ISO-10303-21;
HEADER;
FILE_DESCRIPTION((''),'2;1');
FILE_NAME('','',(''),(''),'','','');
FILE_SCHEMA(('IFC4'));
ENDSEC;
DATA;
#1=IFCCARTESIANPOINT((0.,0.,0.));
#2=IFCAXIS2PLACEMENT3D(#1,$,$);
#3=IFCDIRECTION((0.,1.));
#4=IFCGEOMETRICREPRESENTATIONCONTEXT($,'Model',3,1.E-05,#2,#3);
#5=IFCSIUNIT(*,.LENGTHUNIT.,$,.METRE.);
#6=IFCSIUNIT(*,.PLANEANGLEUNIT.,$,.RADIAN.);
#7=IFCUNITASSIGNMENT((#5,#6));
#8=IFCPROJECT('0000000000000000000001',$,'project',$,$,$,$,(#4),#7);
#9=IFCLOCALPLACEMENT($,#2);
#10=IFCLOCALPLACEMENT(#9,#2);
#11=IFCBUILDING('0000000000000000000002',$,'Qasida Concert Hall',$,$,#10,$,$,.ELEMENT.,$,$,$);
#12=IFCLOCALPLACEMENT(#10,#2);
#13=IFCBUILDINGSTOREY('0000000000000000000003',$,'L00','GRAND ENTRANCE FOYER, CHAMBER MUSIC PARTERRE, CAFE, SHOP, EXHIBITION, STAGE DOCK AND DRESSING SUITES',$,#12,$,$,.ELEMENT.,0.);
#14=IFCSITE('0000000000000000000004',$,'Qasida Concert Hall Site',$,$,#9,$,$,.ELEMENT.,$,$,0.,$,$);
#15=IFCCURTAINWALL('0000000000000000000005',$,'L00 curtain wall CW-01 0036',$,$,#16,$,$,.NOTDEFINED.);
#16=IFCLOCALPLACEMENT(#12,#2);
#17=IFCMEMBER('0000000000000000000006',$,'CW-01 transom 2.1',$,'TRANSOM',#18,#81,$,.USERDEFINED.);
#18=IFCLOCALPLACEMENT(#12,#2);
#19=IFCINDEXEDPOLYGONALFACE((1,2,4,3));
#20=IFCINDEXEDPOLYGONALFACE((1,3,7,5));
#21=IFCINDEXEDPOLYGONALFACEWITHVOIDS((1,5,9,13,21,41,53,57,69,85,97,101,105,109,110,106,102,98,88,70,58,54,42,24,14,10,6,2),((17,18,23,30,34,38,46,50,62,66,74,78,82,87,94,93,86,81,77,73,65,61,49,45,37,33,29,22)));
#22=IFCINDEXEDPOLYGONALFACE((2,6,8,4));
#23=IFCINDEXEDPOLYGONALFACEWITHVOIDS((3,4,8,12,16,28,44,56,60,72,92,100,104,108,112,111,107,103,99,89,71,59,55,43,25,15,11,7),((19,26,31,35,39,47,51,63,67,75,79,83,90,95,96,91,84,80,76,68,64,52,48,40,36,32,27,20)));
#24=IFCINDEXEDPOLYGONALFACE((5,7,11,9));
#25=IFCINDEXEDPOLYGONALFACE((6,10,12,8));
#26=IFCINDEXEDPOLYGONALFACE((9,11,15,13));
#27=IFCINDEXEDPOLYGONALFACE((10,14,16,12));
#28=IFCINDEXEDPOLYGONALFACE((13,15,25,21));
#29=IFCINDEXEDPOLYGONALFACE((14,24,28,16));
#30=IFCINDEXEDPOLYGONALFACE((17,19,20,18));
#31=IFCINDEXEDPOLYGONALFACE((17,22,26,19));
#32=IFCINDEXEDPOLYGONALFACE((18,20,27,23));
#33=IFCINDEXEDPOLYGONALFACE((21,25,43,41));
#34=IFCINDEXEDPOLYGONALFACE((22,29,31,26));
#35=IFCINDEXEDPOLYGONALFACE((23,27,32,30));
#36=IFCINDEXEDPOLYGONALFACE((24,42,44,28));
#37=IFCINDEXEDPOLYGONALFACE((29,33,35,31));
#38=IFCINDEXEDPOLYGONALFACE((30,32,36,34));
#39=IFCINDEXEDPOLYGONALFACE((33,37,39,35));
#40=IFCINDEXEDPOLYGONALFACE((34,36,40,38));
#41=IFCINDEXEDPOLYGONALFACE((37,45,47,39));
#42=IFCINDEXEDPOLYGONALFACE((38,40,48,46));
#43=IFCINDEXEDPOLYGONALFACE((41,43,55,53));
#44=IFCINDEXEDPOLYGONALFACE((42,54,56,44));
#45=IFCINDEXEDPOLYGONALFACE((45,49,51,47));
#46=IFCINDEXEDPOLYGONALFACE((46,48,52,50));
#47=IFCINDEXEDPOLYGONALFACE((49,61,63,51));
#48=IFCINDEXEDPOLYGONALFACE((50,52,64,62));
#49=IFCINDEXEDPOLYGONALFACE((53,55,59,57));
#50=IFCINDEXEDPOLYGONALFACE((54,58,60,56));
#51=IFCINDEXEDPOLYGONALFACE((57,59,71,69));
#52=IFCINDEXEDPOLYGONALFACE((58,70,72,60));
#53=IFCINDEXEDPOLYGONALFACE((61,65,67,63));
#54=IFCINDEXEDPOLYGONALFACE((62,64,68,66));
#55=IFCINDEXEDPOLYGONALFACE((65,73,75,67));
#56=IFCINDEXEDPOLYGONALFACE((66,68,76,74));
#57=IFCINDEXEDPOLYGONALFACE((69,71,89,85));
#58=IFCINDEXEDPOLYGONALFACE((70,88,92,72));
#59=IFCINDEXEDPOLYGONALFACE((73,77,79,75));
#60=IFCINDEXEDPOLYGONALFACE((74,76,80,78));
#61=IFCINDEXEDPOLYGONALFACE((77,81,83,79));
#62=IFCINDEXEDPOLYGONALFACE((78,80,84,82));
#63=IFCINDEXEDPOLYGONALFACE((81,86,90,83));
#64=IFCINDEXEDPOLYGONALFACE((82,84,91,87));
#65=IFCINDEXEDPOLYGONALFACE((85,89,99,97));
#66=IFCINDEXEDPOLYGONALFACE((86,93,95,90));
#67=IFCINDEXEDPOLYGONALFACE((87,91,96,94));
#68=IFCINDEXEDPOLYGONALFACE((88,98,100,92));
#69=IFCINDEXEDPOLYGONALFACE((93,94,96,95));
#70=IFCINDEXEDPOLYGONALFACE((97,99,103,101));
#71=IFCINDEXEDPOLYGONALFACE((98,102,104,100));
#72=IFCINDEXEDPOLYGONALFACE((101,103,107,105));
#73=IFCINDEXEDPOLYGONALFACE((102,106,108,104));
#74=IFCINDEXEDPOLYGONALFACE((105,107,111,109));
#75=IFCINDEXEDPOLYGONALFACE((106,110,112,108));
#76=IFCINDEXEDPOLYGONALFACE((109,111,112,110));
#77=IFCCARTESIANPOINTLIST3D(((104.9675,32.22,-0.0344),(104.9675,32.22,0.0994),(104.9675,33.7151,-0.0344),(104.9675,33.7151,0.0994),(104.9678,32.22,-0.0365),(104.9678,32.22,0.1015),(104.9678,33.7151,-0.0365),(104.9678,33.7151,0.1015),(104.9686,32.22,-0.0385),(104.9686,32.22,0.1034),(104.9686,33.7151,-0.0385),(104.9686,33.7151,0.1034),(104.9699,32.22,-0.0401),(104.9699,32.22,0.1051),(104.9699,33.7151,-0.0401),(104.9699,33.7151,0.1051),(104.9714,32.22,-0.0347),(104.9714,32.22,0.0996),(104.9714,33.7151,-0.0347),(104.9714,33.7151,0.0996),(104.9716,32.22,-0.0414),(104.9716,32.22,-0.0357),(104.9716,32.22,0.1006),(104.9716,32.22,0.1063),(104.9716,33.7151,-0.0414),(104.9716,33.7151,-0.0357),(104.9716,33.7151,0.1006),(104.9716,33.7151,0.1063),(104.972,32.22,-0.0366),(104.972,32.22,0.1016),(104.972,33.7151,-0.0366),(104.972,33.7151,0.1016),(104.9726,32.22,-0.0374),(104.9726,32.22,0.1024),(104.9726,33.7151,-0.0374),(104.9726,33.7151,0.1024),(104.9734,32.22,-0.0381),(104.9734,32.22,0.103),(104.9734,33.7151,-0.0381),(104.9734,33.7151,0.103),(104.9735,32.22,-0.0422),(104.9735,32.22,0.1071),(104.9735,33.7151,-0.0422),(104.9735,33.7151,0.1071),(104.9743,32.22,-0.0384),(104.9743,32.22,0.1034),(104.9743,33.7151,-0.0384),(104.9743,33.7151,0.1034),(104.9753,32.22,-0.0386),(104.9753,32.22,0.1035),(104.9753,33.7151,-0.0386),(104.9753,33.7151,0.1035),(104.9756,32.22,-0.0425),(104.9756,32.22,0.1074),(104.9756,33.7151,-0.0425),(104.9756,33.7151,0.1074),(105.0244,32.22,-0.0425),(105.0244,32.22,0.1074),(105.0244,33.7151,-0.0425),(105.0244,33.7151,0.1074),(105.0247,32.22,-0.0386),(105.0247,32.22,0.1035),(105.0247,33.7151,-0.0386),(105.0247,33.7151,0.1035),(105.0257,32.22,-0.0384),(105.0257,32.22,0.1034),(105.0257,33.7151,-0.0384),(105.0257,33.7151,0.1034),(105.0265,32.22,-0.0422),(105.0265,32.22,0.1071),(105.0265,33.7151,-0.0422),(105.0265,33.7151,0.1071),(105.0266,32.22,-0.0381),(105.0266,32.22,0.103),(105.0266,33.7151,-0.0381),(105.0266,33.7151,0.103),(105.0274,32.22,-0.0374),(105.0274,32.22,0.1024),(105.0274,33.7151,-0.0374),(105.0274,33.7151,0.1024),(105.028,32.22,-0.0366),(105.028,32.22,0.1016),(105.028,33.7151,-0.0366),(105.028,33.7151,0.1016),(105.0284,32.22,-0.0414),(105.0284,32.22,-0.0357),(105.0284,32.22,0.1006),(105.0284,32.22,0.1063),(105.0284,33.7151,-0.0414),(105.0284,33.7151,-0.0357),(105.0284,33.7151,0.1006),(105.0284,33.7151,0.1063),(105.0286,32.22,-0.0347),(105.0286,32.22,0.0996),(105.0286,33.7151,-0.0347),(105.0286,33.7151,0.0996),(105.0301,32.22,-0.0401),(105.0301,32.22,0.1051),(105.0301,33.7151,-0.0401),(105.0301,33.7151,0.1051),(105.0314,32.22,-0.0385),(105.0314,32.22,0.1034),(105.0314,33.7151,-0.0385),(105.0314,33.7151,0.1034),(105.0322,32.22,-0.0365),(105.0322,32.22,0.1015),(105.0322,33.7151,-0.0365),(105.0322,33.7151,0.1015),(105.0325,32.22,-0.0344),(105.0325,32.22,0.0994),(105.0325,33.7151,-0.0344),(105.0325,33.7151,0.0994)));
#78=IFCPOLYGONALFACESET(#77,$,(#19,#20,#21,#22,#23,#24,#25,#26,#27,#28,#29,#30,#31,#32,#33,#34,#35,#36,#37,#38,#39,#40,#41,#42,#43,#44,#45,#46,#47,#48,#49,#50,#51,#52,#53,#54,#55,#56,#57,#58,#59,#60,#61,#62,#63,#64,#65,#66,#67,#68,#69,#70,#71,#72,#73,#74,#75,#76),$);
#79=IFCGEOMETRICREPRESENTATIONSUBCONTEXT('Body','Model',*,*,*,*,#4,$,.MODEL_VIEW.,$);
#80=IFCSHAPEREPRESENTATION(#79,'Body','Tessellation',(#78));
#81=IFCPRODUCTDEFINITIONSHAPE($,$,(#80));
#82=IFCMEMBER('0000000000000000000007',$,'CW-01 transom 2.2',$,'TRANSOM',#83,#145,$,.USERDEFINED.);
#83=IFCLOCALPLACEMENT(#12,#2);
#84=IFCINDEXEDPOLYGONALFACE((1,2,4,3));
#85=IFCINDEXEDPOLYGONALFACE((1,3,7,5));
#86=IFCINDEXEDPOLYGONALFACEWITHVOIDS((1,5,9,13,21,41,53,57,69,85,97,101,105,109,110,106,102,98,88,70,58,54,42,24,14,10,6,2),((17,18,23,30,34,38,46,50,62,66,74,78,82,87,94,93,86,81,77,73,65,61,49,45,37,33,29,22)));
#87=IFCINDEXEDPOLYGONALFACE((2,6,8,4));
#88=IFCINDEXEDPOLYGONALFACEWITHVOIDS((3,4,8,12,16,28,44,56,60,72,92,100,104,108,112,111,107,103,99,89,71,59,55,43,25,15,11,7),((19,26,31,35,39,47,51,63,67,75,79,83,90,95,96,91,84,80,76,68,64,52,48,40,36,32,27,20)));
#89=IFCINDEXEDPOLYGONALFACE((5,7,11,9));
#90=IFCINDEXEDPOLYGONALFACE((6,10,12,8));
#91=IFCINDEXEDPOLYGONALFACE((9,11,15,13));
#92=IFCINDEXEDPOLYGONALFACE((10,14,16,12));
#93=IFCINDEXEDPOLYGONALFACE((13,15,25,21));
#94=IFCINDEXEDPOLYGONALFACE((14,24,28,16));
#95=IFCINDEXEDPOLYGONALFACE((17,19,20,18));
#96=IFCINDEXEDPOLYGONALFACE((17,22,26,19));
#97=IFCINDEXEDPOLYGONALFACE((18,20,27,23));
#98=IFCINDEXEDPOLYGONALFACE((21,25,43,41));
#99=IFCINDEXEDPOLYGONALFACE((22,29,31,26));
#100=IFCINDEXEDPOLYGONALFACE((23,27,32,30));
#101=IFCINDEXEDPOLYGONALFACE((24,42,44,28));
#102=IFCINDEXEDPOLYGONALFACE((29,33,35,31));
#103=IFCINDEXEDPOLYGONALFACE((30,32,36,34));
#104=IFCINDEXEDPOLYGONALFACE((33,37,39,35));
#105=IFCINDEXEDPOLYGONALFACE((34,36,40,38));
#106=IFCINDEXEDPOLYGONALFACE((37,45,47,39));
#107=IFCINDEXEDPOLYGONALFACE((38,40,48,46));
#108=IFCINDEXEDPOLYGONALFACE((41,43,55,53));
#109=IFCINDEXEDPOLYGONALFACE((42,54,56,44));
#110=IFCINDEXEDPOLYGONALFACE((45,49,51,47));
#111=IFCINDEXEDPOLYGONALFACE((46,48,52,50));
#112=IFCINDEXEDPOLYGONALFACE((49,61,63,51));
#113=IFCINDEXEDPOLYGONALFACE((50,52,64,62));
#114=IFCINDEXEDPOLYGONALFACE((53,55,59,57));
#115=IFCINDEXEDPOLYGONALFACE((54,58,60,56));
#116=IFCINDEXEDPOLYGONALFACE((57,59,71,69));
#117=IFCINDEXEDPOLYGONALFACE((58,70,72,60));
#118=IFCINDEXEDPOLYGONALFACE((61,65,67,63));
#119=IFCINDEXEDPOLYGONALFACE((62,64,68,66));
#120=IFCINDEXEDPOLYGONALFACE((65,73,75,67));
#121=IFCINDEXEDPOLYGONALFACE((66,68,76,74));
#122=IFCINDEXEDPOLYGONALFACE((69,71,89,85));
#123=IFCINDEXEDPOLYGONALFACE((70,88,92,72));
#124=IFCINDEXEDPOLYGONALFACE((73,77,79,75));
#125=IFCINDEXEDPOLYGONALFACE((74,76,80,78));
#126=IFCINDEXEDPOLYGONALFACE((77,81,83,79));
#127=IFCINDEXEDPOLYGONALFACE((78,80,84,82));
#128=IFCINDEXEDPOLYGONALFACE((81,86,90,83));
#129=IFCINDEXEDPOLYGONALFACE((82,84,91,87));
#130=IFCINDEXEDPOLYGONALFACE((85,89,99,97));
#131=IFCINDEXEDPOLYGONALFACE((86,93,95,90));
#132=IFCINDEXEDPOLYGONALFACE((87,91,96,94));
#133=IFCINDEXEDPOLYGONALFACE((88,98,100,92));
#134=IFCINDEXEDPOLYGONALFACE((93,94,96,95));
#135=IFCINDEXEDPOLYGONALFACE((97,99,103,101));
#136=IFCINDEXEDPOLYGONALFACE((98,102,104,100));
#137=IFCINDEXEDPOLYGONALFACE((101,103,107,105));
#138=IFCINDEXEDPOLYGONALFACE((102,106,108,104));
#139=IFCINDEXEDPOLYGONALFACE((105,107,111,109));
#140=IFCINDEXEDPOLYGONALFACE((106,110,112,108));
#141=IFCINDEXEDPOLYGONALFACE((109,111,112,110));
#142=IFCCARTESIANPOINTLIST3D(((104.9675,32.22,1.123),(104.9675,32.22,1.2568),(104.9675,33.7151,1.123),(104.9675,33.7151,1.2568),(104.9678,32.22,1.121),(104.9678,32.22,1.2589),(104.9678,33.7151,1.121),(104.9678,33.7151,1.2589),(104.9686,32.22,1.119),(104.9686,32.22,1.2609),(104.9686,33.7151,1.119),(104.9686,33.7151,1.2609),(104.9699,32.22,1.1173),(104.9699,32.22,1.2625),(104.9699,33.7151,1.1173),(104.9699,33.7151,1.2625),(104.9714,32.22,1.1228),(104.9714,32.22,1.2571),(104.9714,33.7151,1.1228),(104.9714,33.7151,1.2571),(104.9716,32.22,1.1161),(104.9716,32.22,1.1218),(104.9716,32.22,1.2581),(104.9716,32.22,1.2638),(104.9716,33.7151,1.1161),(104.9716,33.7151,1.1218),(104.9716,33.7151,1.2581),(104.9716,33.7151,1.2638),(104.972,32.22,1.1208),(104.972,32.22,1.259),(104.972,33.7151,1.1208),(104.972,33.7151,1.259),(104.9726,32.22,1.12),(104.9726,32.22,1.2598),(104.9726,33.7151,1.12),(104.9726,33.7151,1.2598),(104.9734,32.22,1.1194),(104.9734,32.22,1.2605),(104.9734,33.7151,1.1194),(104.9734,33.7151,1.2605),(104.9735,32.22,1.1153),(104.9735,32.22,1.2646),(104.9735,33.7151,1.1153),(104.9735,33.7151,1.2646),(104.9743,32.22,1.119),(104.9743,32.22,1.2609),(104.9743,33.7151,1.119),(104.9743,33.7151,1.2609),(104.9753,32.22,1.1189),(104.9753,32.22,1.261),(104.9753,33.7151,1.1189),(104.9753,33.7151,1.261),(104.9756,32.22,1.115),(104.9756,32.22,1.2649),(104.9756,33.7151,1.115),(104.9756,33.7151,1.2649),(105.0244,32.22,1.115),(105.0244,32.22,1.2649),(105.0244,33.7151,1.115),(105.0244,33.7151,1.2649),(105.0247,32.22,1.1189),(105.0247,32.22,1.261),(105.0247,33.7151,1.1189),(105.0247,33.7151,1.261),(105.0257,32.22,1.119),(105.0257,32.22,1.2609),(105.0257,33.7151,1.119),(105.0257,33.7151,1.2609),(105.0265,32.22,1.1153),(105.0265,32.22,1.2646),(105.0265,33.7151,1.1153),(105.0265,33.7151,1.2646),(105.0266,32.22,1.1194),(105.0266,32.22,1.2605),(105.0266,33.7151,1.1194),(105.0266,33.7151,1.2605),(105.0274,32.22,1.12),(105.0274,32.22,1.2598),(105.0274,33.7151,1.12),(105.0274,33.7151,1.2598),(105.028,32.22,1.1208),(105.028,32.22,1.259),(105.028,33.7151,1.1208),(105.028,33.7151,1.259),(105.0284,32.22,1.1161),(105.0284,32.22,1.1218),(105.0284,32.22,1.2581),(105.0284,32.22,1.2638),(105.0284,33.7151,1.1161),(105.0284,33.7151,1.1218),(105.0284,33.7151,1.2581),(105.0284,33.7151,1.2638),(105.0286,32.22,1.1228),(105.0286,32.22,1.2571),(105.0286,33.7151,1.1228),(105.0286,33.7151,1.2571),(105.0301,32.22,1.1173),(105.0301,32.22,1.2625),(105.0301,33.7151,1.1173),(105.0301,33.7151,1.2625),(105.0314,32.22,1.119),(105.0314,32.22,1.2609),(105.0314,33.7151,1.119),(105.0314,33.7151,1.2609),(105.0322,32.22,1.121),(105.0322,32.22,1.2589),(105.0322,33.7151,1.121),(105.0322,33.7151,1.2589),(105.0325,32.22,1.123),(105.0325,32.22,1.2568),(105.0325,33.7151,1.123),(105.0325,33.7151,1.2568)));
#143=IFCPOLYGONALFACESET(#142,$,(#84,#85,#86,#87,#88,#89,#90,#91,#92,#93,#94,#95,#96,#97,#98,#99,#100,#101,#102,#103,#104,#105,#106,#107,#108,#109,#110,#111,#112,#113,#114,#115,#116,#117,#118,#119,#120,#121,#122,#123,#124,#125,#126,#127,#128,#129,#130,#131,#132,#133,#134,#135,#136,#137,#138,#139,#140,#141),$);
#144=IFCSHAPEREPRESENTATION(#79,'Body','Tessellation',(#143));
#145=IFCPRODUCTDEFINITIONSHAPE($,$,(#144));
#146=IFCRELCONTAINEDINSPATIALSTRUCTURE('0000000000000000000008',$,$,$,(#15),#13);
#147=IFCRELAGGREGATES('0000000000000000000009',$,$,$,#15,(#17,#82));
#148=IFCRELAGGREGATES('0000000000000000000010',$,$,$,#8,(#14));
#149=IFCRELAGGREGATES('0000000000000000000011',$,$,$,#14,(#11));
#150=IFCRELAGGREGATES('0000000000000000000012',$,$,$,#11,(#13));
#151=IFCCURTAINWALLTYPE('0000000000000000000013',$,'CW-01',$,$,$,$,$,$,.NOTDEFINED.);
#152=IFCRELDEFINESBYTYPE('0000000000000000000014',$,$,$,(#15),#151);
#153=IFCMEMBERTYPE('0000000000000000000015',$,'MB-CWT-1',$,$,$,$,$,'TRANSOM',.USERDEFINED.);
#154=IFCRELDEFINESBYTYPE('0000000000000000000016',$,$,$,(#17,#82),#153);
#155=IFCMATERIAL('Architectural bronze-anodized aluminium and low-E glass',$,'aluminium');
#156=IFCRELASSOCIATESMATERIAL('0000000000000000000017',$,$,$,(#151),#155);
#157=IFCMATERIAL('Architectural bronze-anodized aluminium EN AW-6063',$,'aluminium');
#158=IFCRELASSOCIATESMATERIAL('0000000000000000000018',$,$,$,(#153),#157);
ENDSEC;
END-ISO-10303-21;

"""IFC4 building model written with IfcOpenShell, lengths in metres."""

from ifc_helpers import new_model, si_unit, direction, frame, origin, origin_2d, place, context, subcontext, project, spatial, hollow_rectangle, extrude, material, material_profile, profile_set, type_object, element, aggregate, save


model = new_model("IFC4")

# Units and contexts
model_context = context("Model", 3, precision=1e-05, world=origin(), true_north=direction((0.0, 1.0)))
body_context = subcontext(model_context, "Body", "Model", "MODEL_VIEW")
ifc_project = project(units=[si_unit("LENGTHUNIT", "METRE"), si_unit("PLANEANGLEUNIT", "RADIAN")], contexts=[model_context])

# Site, building, storey
site_placement = place(None, origin())
site = spatial("IfcSite", under=ifc_project, at=site_placement, Name="Qasida Concert Hall Site", CompositionType="ELEMENT", RefElevation=0.0)
building_placement = place(site_placement, origin())
building = spatial("IfcBuilding", under=site, at=building_placement, Name="Qasida Concert Hall", CompositionType="ELEMENT")
storey_placement = place(building_placement, origin())
storey = spatial("IfcBuildingStorey", under=building, at=storey_placement, Name="L00", Description="GRAND ENTRANCE FOYER, CHAMBER MUSIC PARTERRE, CAFE, SHOP, EXHIBITION, STAGE DOCK AND DRESSING SUITES", CompositionType="ELEMENT", Elevation=0.0)

# Curtain wall, members
ifc_material_1 = material(Name="Architectural bronze-anodized aluminium and low-E glass", Category="aluminium")
curtain_wall_type = type_object("IfcCurtainWallType", Name="CW-01", PredefinedType="NOTDEFINED", material=ifc_material_1)
curtain_wall_placement = place(storey_placement, origin())
curtain_wall = element("IfcCurtainWall", 1, at=curtain_wall_placement, inside=storey, type_object=curtain_wall_type, Name="L00 curtain wall CW-01 0036", PredefinedType="NOTDEFINED")
ifc_material_2 = material(Name="Architectural bronze-anodized aluminium EN AW-6063", Category="aluminium")
ifc_material_profile_1 = material_profile(ifc_material_2, hollow_rectangle(XDim=0.0649, YDim=0.1499, WallThickness=0.0039, InnerFilletRadius=0.0039, OuterFilletRadius=0.0081, at=origin_2d()), Name="CWT 150x65x4")
ifc_profile_set_1 = profile_set([ifc_material_profile_1], Name="Architectural bronze-anodized aluminium EN AW-6063")
member_type_1 = type_object("IfcMemberType", Name="MB-CWT-1", ElementType="TRANSOM", PredefinedType="USERDEFINED", material=ifc_profile_set_1)
member_1_placement = place(storey_placement, frame((105.0, 32.22, 0.0325), z_axis=(0.0, 1.0, 0.0), x_axis=(-1.0, 0.0, 0.0)))
member_1 = element("IfcMember", 2, at=member_1_placement, type_object=member_type_1, Name="CW-01 transom 2.1", ObjectType="TRANSOM", PredefinedType="USERDEFINED", context=body_context, shape_type="SweptSolid", body=[
    extrude(hollow_rectangle(XDim=0.0649, YDim=0.1499, WallThickness=0.0039, InnerFilletRadius=0.0039, OuterFilletRadius=0.0081, at=origin_2d()), origin(), (0.0, 0.0, 1.0), 1.4951),
])
member_2_placement = place(storey_placement, frame((105.0, 32.22, 1.1899), z_axis=(0.0, 1.0, 0.0), x_axis=(-1.0, 0.0, 0.0)))
member_2 = element("IfcMember", 3, at=member_2_placement, type_object=member_type_1, Name="CW-01 transom 2.2", ObjectType="TRANSOM", PredefinedType="USERDEFINED", context=body_context, shape_type="SweptSolid", body=[
    extrude(hollow_rectangle(XDim=0.0649, YDim=0.1499, WallThickness=0.0039, InnerFilletRadius=0.0039, OuterFilletRadius=0.0081, at=origin_2d()), origin(), (0.0, 0.0, 1.0), 1.4951),
])
aggregate(curtain_wall, [member_1, member_2])

save(model, "model.ifc")
